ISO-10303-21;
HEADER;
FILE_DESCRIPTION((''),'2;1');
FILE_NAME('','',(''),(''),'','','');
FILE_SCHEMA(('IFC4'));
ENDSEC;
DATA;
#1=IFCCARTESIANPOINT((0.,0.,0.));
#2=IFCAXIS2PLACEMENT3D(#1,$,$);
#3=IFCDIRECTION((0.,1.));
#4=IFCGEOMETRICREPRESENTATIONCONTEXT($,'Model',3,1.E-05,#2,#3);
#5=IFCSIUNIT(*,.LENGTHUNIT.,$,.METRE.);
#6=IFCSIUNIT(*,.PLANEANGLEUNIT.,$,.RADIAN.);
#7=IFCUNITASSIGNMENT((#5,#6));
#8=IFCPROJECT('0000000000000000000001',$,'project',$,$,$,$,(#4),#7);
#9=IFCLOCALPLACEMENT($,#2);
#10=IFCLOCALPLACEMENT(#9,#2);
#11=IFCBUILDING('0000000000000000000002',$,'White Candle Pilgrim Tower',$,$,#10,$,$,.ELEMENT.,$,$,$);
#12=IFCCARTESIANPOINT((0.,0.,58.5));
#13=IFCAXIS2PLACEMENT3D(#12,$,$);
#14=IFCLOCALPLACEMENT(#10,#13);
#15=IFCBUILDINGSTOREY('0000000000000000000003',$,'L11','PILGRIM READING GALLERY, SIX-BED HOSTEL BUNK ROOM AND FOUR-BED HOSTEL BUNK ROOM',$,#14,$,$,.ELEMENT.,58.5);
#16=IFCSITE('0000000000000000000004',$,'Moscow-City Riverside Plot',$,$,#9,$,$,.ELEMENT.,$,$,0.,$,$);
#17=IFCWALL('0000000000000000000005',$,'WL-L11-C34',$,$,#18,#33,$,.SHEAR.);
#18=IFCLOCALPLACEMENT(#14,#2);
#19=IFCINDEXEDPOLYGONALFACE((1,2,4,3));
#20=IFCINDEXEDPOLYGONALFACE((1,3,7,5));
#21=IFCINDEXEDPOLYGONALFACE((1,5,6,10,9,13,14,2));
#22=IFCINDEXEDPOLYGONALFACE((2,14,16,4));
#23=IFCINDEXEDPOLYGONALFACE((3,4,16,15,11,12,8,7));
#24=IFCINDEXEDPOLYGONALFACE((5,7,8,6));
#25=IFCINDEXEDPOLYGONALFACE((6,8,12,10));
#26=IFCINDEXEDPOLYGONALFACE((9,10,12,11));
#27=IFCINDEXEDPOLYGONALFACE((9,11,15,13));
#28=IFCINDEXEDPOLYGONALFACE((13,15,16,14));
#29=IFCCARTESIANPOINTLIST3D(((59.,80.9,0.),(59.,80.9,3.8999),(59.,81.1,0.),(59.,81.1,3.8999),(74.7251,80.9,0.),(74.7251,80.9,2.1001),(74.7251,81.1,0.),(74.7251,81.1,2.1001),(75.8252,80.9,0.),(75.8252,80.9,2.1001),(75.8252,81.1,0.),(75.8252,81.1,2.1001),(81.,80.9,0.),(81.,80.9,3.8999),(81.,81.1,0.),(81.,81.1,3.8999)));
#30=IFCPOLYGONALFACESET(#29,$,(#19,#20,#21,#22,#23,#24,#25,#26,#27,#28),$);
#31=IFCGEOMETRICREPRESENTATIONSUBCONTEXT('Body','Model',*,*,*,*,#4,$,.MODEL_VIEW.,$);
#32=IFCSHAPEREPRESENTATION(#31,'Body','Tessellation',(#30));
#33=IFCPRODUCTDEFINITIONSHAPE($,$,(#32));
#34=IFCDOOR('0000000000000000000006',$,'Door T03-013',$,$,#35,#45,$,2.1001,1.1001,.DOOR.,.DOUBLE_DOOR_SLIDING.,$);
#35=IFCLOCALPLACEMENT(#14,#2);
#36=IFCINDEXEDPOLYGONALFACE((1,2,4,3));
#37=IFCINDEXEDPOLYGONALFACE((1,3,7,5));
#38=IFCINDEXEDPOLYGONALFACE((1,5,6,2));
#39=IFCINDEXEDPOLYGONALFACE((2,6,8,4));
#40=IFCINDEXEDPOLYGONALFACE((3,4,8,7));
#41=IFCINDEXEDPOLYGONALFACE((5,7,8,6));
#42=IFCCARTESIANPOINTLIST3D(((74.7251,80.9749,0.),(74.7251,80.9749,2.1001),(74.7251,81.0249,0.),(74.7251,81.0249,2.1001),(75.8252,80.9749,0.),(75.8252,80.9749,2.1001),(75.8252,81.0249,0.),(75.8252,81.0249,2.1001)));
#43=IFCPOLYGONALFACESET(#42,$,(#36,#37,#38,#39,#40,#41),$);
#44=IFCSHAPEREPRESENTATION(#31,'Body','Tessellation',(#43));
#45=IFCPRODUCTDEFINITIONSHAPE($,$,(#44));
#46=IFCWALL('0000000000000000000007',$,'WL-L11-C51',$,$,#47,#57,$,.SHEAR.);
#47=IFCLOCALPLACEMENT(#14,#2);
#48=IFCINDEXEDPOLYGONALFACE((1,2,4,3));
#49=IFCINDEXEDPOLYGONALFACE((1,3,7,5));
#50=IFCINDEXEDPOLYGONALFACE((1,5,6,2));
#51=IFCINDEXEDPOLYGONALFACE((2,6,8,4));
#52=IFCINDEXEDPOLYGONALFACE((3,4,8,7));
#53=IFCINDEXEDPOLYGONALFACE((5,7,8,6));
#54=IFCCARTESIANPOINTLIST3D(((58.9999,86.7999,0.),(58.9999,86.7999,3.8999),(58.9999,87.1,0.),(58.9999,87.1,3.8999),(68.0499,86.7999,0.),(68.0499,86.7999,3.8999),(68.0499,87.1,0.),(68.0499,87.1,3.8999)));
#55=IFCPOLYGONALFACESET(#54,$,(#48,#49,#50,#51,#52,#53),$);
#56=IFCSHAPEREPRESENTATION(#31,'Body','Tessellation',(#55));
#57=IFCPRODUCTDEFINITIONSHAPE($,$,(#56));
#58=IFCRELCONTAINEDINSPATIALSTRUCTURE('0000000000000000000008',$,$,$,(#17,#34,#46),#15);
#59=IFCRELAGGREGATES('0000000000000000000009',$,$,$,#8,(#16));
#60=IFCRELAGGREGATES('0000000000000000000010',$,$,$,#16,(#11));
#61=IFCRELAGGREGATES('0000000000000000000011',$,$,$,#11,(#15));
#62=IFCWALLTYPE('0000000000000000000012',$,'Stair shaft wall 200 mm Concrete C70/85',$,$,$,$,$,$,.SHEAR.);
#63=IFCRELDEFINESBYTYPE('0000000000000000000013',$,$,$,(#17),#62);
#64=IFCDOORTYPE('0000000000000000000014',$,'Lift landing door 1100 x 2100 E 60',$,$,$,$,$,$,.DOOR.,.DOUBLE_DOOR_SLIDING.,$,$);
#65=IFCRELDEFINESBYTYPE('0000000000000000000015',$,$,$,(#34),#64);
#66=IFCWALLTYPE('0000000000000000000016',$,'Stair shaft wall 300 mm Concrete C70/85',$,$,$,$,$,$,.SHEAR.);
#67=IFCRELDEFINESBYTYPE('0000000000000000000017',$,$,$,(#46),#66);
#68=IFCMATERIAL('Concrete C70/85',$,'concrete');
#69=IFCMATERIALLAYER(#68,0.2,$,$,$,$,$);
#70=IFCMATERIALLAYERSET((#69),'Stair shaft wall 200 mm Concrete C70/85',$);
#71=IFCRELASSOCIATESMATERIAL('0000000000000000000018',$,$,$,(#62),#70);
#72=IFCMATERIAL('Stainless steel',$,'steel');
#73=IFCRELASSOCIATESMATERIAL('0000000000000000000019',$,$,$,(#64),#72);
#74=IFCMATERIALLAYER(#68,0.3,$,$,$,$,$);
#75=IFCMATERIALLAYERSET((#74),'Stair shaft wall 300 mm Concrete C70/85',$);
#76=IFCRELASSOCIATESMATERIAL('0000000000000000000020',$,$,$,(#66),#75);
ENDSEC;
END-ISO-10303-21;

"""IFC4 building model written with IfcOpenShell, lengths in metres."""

from ifc_helpers import new_model, si_unit, direction, frame, frame_2d, origin, place, context, subcontext, project, spatial, rectangle, extrude, material, layer, layer_set, type_object, element, fill, save


model = new_model("IFC4")

# Units and contexts
model_context = context("Model", 3, precision=1e-05, world=origin(), true_north=direction((0.0, 1.0)))
body_context = subcontext(model_context, "Body", "Model", "MODEL_VIEW")
ifc_project = project(units=[si_unit("LENGTHUNIT", "METRE"), si_unit("PLANEANGLEUNIT", "RADIAN")], contexts=[model_context])

# Site, building, storey
site_placement = place(None, origin())
site = spatial("IfcSite", under=ifc_project, at=site_placement, Name="Moscow-City Riverside Plot", CompositionType="ELEMENT", RefElevation=0.0)
building_placement = place(site_placement, origin())
building = spatial("IfcBuilding", under=site, at=building_placement, Name="White Candle Pilgrim Tower", CompositionType="ELEMENT")
storey_placement = place(building_placement, frame((0.0, 0.0, 58.5)))
storey = spatial("IfcBuildingStorey", under=building, at=storey_placement, Name="L11", Description="PILGRIM READING GALLERY, SIX-BED HOSTEL BUNK ROOM AND FOUR-BED HOSTEL BUNK ROOM", CompositionType="ELEMENT", Elevation=58.5)

# Shared definitions
ifc_material_1 = material(Name="Concrete C70/85", Category="concrete")

# Shared definitions
ifc_material_2 = material(Name="Stainless steel", Category="steel")

# Wall, opening, door
ifc_layer_1 = layer(ifc_material_1, 0.2)
ifc_layer_set_1 = layer_set([ifc_layer_1], Name="Stair shaft wall 200 mm Concrete C70/85")
wall_type_1 = type_object("IfcWallType", Name="Stair shaft wall 200 mm Concrete C70/85", PredefinedType="SHEAR", material=ifc_layer_set_1)
wall_1_placement = place(storey_placement, frame((59.0, 81.0, 0.0), z_axis=(0.0, 0.0, 1.0), x_axis=(1.0, 0.0, 0.0)))
wall_1 = element("IfcWall", 1, at=wall_1_placement, inside=storey, type_object=wall_type_1, Name="WL-L11-C34", PredefinedType="SHEAR", context=body_context, shape_type="SweptSolid", body=[
    extrude(rectangle(XDim=22.0, YDim=0.2, at=frame_2d((11.0, 0.0))), origin(), (0.0, 0.0, 1.0), 3.8999),
])
opening_1_placement = place(wall_1_placement, frame((15.7251, 0.0, 0.0)))
opening_1 = element("IfcOpeningElement", 2, at=opening_1_placement, cuts=wall_1, PredefinedType="OPENING", context=body_context, shape_type="SweptSolid", body=[
    extrude(rectangle(XDim=1.1001, YDim=2.1001, at=frame_2d((0.55, 1.05))), frame((0.0, 0.1099, 0.0), z_axis=(0.0, -1.0, 0.0), x_axis=(1.0, 0.0, 0.0)), (0.0, 0.0, 1.0), 0.22),
])
door_type_1 = type_object("IfcDoorType", Name="Lift landing door 1100 x 2100 E 60", OperationType="DOUBLE_DOOR_SLIDING", PredefinedType="DOOR", material=ifc_material_2)
door_1_placement = place(opening_1_placement, origin())
door_1 = element("IfcDoor", 3, at=door_1_placement, inside=storey, type_object=door_type_1, Name="Door T03-013", OperationType="DOUBLE_DOOR_SLIDING", OverallHeight=2.1001, OverallWidth=1.1001, PredefinedType="DOOR", context=body_context, shape_type="SweptSolid", body=[
    extrude(rectangle(XDim=1.1001, YDim=2.1001, at=frame_2d((0.55, 1.05))), frame((0.0, 0.0249, 0.0), z_axis=(0.0, -1.0, 0.0), x_axis=(1.0, 0.0, 0.0)), (0.0, 0.0, 1.0), 0.05),
])
fill(opening_1, door_1)

# Wall
ifc_layer_2 = layer(ifc_material_1, 0.3)
ifc_layer_set_2 = layer_set([ifc_layer_2], Name="Stair shaft wall 300 mm Concrete C70/85")
wall_type_2 = type_object("IfcWallType", Name="Stair shaft wall 300 mm Concrete C70/85", PredefinedType="SHEAR", material=ifc_layer_set_2)
wall_2_placement = place(storey_placement, frame((59.0, 86.95, 0.0), z_axis=(0.0, 0.0, 1.0), x_axis=(1.0, 0.0, 0.0)))
element("IfcWall", 4, at=wall_2_placement, inside=storey, type_object=wall_type_2, Name="WL-L11-C51", PredefinedType="SHEAR", context=body_context, shape_type="SweptSolid", body=[
    extrude(rectangle(XDim=9.05, YDim=0.3, at=frame_2d((4.5249, 0.0))), origin(), (0.0, 0.0, 1.0), 3.8999),
])

save(model, "model.ifc")
